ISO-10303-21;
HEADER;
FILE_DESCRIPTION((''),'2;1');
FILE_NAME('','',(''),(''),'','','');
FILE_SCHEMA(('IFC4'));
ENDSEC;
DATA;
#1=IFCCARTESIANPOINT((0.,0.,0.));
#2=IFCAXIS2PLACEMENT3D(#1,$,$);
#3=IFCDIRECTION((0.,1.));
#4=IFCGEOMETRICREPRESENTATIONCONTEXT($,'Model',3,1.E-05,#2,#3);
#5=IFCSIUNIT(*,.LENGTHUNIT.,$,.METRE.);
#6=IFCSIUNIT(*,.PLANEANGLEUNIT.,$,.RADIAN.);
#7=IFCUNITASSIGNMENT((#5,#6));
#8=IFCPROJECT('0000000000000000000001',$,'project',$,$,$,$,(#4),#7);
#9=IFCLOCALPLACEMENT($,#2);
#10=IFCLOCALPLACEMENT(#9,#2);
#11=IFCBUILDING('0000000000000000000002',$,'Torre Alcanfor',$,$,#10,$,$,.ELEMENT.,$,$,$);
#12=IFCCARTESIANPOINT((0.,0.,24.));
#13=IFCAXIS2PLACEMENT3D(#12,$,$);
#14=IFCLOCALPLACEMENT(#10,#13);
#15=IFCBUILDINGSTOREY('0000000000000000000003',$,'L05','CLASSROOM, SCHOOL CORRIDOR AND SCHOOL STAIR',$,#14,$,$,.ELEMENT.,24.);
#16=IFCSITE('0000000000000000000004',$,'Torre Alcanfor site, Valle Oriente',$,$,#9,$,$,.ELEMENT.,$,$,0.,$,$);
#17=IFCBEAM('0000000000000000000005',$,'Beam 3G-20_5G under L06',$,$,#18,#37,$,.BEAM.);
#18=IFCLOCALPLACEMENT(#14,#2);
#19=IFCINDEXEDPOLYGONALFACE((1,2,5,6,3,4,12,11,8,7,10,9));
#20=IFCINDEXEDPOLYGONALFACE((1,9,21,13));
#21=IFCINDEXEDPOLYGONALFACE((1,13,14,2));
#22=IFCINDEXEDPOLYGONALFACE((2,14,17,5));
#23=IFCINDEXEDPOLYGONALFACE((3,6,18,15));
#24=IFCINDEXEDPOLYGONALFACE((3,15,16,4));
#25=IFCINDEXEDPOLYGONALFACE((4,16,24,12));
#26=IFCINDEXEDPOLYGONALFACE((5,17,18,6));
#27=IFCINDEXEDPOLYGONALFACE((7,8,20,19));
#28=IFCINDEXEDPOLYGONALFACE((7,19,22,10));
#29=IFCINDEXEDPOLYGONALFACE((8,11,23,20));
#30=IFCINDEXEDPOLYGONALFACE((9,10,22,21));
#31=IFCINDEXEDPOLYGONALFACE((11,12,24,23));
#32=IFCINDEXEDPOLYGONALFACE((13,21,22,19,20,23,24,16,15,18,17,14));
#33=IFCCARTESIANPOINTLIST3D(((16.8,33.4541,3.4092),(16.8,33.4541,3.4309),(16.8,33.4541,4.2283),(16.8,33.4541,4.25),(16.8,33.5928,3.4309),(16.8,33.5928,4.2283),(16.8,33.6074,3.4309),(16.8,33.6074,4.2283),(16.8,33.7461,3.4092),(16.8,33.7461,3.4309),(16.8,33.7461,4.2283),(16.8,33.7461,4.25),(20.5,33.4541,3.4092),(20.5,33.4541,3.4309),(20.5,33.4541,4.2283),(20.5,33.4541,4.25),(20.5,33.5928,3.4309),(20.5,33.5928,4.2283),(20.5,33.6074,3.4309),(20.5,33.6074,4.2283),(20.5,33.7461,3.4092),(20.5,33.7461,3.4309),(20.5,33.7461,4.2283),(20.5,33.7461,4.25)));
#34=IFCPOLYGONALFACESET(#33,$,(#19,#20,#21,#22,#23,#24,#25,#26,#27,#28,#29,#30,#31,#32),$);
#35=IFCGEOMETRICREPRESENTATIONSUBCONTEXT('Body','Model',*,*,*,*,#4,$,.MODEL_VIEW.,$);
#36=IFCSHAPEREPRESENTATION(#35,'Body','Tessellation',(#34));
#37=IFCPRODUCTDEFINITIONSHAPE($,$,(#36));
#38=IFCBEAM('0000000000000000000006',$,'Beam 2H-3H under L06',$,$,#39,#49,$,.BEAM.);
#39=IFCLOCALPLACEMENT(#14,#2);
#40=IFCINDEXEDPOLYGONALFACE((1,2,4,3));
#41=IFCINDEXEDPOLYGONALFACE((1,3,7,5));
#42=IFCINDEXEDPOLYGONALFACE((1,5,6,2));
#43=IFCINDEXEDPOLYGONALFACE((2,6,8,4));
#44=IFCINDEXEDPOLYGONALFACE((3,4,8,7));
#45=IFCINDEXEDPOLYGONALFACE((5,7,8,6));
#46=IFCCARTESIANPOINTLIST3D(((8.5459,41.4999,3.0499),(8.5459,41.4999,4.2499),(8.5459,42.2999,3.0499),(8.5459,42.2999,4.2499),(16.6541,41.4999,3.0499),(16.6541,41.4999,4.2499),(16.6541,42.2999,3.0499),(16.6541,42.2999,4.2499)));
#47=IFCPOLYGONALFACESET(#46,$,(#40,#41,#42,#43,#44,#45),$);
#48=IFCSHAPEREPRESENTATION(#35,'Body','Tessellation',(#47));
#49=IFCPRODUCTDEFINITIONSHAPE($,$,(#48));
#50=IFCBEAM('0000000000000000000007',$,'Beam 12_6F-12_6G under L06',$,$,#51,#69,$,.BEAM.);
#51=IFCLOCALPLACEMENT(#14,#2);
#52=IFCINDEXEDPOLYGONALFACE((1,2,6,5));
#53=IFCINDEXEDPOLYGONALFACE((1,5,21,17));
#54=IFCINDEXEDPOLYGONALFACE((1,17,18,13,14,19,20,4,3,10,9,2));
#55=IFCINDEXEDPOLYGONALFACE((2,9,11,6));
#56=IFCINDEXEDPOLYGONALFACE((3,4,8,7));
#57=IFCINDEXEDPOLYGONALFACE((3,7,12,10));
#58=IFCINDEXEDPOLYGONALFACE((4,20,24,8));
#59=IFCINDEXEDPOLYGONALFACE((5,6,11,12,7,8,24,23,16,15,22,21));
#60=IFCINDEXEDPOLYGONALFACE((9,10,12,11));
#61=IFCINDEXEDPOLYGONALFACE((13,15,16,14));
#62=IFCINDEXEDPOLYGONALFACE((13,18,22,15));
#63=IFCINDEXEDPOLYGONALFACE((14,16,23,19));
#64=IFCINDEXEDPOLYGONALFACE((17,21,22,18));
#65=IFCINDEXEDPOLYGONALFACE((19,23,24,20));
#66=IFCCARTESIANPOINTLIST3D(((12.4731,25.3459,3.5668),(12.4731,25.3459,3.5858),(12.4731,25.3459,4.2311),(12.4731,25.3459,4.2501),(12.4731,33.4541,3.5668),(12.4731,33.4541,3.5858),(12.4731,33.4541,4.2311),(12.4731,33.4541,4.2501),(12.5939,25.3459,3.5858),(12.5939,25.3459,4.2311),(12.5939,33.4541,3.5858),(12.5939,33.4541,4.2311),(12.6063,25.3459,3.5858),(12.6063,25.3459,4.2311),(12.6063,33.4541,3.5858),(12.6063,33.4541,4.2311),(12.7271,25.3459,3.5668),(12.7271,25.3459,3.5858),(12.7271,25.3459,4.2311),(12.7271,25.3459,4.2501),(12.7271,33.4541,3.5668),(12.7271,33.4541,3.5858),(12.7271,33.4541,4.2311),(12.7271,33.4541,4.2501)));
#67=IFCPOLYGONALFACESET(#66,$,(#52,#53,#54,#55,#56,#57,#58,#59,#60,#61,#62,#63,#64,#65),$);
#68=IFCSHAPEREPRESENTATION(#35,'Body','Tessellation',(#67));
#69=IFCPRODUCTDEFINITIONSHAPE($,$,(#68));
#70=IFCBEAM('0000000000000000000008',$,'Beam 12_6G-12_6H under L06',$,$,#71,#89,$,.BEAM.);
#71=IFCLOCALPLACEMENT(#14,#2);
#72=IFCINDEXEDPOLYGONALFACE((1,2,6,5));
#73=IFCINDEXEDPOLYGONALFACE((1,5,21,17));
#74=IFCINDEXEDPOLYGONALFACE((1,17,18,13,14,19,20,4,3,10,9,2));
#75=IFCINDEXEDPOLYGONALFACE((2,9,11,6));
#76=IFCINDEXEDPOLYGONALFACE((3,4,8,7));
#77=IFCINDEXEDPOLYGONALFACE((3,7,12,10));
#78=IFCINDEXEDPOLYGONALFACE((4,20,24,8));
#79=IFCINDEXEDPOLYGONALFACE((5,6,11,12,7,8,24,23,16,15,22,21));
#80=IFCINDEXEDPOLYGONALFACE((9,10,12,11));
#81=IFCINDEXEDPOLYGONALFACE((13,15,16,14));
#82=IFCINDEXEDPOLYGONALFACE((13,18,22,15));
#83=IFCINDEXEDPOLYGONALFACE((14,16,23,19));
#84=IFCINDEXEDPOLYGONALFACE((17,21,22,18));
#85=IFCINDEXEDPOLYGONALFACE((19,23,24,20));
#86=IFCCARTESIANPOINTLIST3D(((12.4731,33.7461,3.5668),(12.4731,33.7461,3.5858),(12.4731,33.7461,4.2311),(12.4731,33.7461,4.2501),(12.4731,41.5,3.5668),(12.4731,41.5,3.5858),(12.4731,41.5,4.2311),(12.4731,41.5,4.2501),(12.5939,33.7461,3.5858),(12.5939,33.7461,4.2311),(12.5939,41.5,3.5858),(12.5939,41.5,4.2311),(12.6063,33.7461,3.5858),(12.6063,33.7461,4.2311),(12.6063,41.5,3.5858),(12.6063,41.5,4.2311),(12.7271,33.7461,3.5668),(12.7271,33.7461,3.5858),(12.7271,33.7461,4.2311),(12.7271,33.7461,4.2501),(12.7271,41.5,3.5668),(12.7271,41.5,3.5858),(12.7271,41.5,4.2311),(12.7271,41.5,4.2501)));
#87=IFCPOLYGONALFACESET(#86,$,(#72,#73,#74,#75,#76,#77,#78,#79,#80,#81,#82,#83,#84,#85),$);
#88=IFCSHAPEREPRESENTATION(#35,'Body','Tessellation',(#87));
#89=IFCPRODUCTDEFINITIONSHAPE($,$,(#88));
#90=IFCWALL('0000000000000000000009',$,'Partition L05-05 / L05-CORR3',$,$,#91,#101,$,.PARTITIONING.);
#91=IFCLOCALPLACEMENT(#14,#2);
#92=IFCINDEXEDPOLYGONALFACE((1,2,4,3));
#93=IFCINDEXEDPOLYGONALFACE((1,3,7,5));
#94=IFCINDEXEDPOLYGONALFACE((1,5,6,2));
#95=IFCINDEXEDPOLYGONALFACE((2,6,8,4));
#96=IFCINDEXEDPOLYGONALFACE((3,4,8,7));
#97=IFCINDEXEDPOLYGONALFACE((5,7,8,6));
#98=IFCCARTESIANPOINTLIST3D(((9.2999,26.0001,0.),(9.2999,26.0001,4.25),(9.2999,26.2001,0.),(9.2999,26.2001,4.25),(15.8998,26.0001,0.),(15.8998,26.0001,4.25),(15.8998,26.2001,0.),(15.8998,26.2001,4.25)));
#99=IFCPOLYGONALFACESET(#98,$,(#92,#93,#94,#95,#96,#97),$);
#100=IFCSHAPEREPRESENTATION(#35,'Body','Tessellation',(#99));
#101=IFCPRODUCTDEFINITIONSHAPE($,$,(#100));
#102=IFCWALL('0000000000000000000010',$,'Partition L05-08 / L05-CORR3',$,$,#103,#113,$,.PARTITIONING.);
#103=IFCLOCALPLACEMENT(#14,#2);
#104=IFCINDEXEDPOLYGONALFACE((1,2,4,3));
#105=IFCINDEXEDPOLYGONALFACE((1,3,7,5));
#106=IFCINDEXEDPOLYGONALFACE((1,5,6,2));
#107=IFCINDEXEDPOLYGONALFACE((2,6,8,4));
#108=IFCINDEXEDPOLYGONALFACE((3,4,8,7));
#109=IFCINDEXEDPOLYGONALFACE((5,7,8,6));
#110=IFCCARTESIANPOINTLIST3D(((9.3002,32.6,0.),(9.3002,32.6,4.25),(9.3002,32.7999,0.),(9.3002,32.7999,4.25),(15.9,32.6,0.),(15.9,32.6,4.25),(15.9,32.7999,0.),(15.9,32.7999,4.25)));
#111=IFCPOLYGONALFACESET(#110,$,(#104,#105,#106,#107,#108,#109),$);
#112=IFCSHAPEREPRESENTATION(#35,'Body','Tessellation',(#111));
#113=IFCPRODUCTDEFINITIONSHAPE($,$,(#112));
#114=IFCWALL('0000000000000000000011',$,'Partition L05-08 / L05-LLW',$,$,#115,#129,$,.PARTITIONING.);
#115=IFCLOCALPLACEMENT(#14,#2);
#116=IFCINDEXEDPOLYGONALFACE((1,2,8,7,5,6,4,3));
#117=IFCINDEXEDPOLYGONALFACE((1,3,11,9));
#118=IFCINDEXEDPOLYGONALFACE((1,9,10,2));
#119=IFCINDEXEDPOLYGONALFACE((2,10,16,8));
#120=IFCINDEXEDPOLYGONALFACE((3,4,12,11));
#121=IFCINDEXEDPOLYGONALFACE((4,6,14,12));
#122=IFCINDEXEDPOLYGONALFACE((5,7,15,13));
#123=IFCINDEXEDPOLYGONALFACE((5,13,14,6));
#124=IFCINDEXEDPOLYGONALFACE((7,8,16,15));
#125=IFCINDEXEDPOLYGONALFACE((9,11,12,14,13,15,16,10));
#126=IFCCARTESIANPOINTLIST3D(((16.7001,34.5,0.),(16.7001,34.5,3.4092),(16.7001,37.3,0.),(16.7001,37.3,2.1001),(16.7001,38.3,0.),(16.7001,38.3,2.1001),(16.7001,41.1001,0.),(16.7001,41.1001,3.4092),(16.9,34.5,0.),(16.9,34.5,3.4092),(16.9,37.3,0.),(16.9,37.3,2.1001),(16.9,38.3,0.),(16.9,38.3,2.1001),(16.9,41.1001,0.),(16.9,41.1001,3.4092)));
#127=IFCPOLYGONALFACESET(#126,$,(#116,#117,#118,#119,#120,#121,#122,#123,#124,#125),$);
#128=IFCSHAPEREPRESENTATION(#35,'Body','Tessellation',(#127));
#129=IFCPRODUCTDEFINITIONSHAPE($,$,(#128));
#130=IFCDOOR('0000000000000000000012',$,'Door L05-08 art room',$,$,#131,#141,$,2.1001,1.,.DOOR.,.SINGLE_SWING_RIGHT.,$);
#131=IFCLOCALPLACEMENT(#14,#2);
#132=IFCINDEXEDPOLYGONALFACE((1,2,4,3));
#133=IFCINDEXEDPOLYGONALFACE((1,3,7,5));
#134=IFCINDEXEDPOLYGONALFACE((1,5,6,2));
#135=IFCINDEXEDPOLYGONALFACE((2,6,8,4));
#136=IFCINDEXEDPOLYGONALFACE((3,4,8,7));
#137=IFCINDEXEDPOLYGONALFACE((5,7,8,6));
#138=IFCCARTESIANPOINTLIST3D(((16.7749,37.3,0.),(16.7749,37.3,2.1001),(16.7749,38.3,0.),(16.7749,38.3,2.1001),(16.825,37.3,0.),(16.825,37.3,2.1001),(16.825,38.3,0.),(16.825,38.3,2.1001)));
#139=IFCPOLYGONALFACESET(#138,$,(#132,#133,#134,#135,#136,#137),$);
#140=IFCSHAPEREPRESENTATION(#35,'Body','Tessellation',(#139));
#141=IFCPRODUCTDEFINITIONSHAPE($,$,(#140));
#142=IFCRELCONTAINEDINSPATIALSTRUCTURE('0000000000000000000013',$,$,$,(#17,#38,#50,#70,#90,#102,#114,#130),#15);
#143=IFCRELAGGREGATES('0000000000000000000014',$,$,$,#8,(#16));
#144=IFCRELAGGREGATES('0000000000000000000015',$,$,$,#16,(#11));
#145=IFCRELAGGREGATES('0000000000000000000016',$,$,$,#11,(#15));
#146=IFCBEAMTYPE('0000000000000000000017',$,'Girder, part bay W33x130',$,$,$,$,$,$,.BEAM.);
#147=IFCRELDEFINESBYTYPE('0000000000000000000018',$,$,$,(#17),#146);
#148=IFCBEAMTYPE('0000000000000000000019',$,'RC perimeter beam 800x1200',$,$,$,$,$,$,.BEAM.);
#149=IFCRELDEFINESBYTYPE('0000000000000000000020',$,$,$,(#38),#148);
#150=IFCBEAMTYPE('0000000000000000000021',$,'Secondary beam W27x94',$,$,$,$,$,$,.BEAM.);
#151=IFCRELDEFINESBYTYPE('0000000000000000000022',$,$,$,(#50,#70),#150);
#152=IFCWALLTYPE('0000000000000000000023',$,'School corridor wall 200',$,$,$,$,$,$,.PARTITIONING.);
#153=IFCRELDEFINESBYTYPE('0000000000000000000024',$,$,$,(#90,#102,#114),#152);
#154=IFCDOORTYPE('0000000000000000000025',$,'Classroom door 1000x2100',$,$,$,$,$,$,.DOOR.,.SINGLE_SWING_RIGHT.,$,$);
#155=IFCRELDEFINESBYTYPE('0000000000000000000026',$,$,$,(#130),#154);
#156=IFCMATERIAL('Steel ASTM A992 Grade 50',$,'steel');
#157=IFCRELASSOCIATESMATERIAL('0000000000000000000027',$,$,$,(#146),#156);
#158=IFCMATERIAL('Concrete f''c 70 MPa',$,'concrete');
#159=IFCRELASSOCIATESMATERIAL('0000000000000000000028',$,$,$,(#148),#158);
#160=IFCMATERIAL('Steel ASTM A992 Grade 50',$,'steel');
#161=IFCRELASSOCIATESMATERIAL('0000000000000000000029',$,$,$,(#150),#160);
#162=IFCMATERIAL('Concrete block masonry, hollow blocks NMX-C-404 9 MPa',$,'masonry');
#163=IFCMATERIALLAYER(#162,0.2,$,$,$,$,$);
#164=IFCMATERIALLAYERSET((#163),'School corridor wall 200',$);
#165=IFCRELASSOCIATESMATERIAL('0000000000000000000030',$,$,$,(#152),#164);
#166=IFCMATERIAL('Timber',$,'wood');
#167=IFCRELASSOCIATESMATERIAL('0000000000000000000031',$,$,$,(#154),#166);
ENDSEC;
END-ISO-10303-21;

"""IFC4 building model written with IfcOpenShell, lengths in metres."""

from ifc_helpers import new_model, si_unit, direction, frame, frame_2d, origin, origin_2d, place, context, subcontext, project, spatial, rectangle, i_section, extrude, material, layer, layer_set, material_profile, profile_set, type_object, element, fill, save


model = new_model("IFC4")

# Units and contexts
model_context = context("Model", 3, precision=1e-05, world=origin(), true_north=direction((0.0, 1.0)))
body_context = subcontext(model_context, "Body", "Model", "MODEL_VIEW")
ifc_project = project(units=[si_unit("LENGTHUNIT", "METRE"), si_unit("PLANEANGLEUNIT", "RADIAN")], contexts=[model_context])

# Site, building, storey
site_placement = place(None, origin())
site = spatial("IfcSite", under=ifc_project, at=site_placement, Name="Torre Alcanfor site, Valle Oriente", CompositionType="ELEMENT", RefElevation=0.0)
building_placement = place(site_placement, origin())
building = spatial("IfcBuilding", under=site, at=building_placement, Name="Torre Alcanfor", CompositionType="ELEMENT")
storey_placement = place(building_placement, frame((0.0, 0.0, 24.0)))
storey = spatial("IfcBuildingStorey", under=building, at=storey_placement, Name="L05", Description="CLASSROOM, SCHOOL CORRIDOR AND SCHOOL STAIR", CompositionType="ELEMENT", Elevation=24.0)

# Beams
ifc_material_1 = material(Name="Steel ASTM A992 Grade 50", Category="steel")
ifc_material_profile_1 = material_profile(ifc_material_1, i_section(OverallWidth=0.292, OverallDepth=0.8408, WebThickness=0.0146, FlangeThickness=0.0217, at=origin_2d()), Name="W33x130")
ifc_profile_set_1 = profile_set([ifc_material_profile_1], Name="Steel ASTM A992 Grade 50")
beam_type_1 = type_object("IfcBeamType", Name="Girder, part bay W33x130", PredefinedType="BEAM", material=ifc_profile_set_1)
for number, where, z_axis, x_axis, name in (
    (1, (16.8, 33.6001, 3.8296), (1.0, 0.0, 0.0), (0.0, 1.0, 0.0), "Beam 3G-20_5G under L06"),
):
    element("IfcBeam", number, at=place(storey_placement, frame(where, z_axis=z_axis, x_axis=x_axis)), inside=storey, type_object=beam_type_1, Name=name, PredefinedType="BEAM", context=body_context, shape_type="SweptSolid", body=[
        extrude(i_section(OverallWidth=0.292, OverallDepth=0.8408, WebThickness=0.0146, FlangeThickness=0.0217, at=origin_2d()), origin(), (0.0, 0.0, 1.0), 3.7),
    ])
ifc_material_2 = material(Name="Concrete f'c 70 MPa", Category="concrete")
ifc_material_profile_2 = material_profile(ifc_material_2, rectangle(XDim=0.8, YDim=1.2, at=origin_2d()), Name="800x1200")
ifc_profile_set_2 = profile_set([ifc_material_profile_2], Name="Concrete f'c 70 MPa")
beam_type_2 = type_object("IfcBeamType", Name="RC perimeter beam 800x1200", PredefinedType="BEAM", material=ifc_profile_set_2)
beam_1_placement = place(storey_placement, frame((8.5459, 41.8999, 3.6499), z_axis=(1.0, 0.0, 0.0), x_axis=(0.0, 1.0, 0.0)))
element("IfcBeam", 2, at=beam_1_placement, inside=storey, type_object=beam_type_2, Name="Beam 2H-3H under L06", PredefinedType="BEAM", context=body_context, shape_type="SweptSolid", body=[
    extrude(rectangle(XDim=0.8, YDim=1.2, at=origin_2d()), origin(), (0.0, 0.0, 1.0), 8.1082),
])
ifc_material_3 = material(Name="Steel ASTM A992 Grade 50", Category="steel")
ifc_material_profile_3 = material_profile(ifc_material_3, i_section(OverallWidth=0.2539, OverallDepth=0.6833, WebThickness=0.0125, FlangeThickness=0.019, at=origin_2d()), Name="W27x94")
ifc_profile_set_3 = profile_set([ifc_material_profile_3], Name="Steel ASTM A992 Grade 50")
beam_type_3 = type_object("IfcBeamType", Name="Secondary beam W27x94", PredefinedType="BEAM", material=ifc_profile_set_3)
beam_2_placement = place(storey_placement, frame((12.6001, 25.3459, 3.9084), z_axis=(0.0, 1.0, 0.0), x_axis=(-1.0, 0.0, 0.0)))
element("IfcBeam", 3, at=beam_2_placement, inside=storey, type_object=beam_type_3, Name="Beam 12_6F-12_6G under L06", PredefinedType="BEAM", context=body_context, shape_type="SweptSolid", body=[
    extrude(i_section(OverallWidth=0.2539, OverallDepth=0.6833, WebThickness=0.0125, FlangeThickness=0.019, at=origin_2d()), origin(), (0.0, 0.0, 1.0), 8.1082),
])
beam_3_placement = place(storey_placement, frame((12.6001, 33.7461, 3.9084), z_axis=(0.0, 1.0, 0.0), x_axis=(-1.0, 0.0, 0.0)))
element("IfcBeam", 4, at=beam_3_placement, inside=storey, type_object=beam_type_3, Name="Beam 12_6G-12_6H under L06", PredefinedType="BEAM", context=body_context, shape_type="SweptSolid", body=[
    extrude(i_section(OverallWidth=0.2539, OverallDepth=0.6833, WebThickness=0.0125, FlangeThickness=0.019, at=origin_2d()), origin(), (0.0, 0.0, 1.0), 7.7539),
])

# Walls
ifc_material_4 = material(Name="Concrete block masonry, hollow blocks NMX-C-404 9 MPa", Category="masonry")
ifc_layer = layer(ifc_material_4, 0.2)
ifc_layer_set = layer_set([ifc_layer], Name="School corridor wall 200")
wall_type = type_object("IfcWallType", Name="School corridor wall 200", PredefinedType="PARTITIONING", material=ifc_layer_set)
for number, where, z_axis, x_axis, name in (
    (5, (9.3, 26.1001, 0.0), (0.0, 0.0, 1.0), (1.0, 0.0, 0.0), "Partition L05-05 / L05-CORR3"),
    (6, (15.8999, 32.7, 0.0), (0.0, 0.0, 1.0), (-1.0, 0.0, 0.0), "Partition L05-08 / L05-CORR3"),
):
    element("IfcWall", number, at=place(storey_placement, frame(where, z_axis=z_axis, x_axis=x_axis)), inside=storey, type_object=wall_type, Name=name, PredefinedType="PARTITIONING", context=body_context, shape_type="SweptSolid", body=[
        extrude(rectangle(XDim=6.5999, YDim=0.2, at=frame_2d((3.2998, 0.0))), origin(), (0.0, 0.0, 1.0), 4.25),
    ])

# Wall, opening, door
wall_placement = place(storey_placement, frame((16.8, 41.1001, 0.0), z_axis=(0.0, 0.0, 1.0), x_axis=(0.0, -1.0, 0.0)))
wall = element("IfcWall", 7, at=wall_placement, inside=storey, type_object=wall_type, Name="Partition L05-08 / L05-LLW", PredefinedType="PARTITIONING", context=body_context, shape_type="SweptSolid", body=[
    extrude(rectangle(XDim=6.6001, YDim=0.2, at=frame_2d((3.3, 0.0))), origin(), (0.0, 0.0, 1.0), 3.4092),
])
opening_placement = place(wall_placement, frame((2.8, 0.0, 0.0)))
opening = element("IfcOpeningElement", 8, at=opening_placement, cuts=wall, PredefinedType="OPENING", context=body_context, shape_type="SweptSolid", body=[
    extrude(rectangle(XDim=1.0, YDim=2.1001, at=frame_2d((0.5, 1.05))), frame((0.0, 0.1099, 0.0), z_axis=(0.0, -1.0, 0.0), x_axis=(1.0, 0.0, 0.0)), (0.0, 0.0, 1.0), 0.22),
])
ifc_material_5 = material(Name="Timber", Category="wood")
door_type = type_object("IfcDoorType", Name="Classroom door 1000x2100", OperationType="SINGLE_SWING_RIGHT", PredefinedType="DOOR", material=ifc_material_5)
door_placement = place(opening_placement, frame((1.0, 0.0, 0.0), z_axis=(0.0, 0.0, 1.0), x_axis=(-1.0, 0.0, 0.0)))
door = element("IfcDoor", 9, at=door_placement, inside=storey, type_object=door_type, Name="Door L05-08 art room", OperationType="SINGLE_SWING_RIGHT", OverallHeight=2.1001, OverallWidth=1.0, PredefinedType="DOOR", context=body_context, shape_type="SweptSolid", body=[
    extrude(rectangle(XDim=1.0, YDim=2.1001, at=frame_2d((0.5, 1.05))), frame((0.0, 0.0251, 0.0), z_axis=(0.0, -1.0, 0.0), x_axis=(1.0, 0.0, 0.0)), (0.0, 0.0, 1.0), 0.05),
])
fill(opening, door)

save(model, "model.ifc")
